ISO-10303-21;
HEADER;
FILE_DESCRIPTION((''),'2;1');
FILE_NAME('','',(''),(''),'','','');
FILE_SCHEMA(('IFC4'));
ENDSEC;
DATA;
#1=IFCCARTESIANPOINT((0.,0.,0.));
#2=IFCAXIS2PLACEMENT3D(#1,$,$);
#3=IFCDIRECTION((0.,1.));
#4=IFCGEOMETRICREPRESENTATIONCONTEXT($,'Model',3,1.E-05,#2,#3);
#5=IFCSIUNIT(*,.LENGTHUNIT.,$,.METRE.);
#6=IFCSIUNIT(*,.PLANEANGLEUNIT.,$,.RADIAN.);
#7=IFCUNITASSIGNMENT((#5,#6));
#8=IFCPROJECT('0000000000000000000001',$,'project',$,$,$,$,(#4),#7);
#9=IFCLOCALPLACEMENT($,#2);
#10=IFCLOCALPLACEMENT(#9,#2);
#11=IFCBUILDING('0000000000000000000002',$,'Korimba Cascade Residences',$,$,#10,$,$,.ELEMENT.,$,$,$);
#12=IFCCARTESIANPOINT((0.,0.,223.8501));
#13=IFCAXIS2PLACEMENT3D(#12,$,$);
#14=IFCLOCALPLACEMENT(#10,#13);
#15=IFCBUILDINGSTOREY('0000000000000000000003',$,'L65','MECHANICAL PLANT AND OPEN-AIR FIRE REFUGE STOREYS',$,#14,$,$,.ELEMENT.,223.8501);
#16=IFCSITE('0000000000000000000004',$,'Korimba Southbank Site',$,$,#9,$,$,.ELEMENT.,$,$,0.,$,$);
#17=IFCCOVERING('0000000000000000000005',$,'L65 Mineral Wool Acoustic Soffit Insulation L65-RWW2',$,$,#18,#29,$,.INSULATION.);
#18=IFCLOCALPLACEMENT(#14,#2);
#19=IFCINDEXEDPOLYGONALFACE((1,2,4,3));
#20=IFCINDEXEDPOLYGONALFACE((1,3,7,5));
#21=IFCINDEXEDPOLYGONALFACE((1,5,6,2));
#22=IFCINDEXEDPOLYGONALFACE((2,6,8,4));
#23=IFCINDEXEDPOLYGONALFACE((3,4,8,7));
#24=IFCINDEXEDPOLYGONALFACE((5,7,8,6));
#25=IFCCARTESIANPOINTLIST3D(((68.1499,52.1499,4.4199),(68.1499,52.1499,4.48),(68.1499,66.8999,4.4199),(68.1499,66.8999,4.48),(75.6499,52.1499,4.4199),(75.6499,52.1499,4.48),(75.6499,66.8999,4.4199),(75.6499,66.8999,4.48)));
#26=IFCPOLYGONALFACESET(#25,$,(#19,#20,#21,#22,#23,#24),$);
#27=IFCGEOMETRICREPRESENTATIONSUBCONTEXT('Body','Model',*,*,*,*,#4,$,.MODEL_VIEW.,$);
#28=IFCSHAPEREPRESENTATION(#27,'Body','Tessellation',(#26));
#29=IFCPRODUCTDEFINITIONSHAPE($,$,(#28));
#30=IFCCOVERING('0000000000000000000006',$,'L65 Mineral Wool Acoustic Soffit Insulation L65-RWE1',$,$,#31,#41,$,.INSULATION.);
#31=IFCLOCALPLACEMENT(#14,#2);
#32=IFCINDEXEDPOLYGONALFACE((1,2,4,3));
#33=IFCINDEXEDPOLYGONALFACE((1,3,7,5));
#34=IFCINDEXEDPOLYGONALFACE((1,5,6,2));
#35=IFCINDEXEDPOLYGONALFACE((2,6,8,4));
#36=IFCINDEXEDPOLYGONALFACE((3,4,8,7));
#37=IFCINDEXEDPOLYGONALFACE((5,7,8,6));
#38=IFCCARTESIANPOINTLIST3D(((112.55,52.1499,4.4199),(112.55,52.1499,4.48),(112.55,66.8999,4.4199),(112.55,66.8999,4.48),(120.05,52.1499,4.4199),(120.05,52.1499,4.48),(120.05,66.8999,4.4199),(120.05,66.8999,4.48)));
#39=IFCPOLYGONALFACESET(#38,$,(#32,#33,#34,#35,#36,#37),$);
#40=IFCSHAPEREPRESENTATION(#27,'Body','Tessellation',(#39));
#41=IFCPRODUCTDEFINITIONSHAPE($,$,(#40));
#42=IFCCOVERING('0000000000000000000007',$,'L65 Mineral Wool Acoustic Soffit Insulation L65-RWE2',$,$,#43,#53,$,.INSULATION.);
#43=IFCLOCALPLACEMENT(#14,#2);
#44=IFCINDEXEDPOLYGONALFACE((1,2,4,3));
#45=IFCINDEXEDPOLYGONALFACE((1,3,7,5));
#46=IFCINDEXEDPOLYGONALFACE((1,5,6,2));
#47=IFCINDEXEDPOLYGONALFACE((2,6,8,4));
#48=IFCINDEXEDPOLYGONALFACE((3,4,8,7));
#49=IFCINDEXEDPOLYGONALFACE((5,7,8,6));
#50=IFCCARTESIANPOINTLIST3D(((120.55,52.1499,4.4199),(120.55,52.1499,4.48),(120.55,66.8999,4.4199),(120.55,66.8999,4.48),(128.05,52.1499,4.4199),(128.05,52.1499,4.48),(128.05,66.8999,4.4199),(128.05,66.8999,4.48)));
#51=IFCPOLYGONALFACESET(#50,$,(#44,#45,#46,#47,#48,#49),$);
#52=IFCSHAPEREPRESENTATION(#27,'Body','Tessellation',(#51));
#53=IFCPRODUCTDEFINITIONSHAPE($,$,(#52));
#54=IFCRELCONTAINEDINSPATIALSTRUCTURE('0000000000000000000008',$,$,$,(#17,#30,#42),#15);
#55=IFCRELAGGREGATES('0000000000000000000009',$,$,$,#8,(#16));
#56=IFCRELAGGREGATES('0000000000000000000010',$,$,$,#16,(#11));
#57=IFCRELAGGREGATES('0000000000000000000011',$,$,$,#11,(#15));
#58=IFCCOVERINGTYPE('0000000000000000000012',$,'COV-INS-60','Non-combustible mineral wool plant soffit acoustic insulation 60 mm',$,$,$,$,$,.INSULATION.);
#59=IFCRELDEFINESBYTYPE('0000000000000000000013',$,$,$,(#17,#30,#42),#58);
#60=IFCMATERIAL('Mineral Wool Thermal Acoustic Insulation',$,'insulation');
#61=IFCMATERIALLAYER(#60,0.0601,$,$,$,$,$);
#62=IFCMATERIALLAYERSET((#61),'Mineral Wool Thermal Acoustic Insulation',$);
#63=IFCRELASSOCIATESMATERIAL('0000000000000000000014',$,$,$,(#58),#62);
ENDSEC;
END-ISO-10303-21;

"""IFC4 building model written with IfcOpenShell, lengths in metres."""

from ifc_helpers import new_model, si_unit, direction, frame, origin, place, context, subcontext, project, spatial, polyline, outline, extrude, material, layer, layer_set, type_object, element, save


model = new_model("IFC4")

# Units and contexts
model_context = context("Model", 3, precision=1e-05, world=origin(), true_north=direction((0.0, 1.0)))
body_context = subcontext(model_context, "Body", "Model", "MODEL_VIEW")
ifc_project = project(units=[si_unit("LENGTHUNIT", "METRE"), si_unit("PLANEANGLEUNIT", "RADIAN")], contexts=[model_context])

# Site, building, storey
site_placement = place(None, origin())
site = spatial("IfcSite", under=ifc_project, at=site_placement, Name="Korimba Southbank Site", CompositionType="ELEMENT", RefElevation=0.0)
building_placement = place(site_placement, origin())
building = spatial("IfcBuilding", under=site, at=building_placement, Name="Korimba Cascade Residences", CompositionType="ELEMENT")
storey_placement = place(building_placement, frame((0.0, 0.0, 223.8501)))
storey = spatial("IfcBuildingStorey", under=building, at=storey_placement, Name="L65", Description="MECHANICAL PLANT AND OPEN-AIR FIRE REFUGE STOREYS", CompositionType="ELEMENT", Elevation=223.8501)

# Coverings
ifc_material_1 = material(Name="Mineral Wool Thermal Acoustic Insulation", Category="insulation")
ifc_layer_1 = layer(ifc_material_1, 0.0601)
ifc_layer_set_1 = layer_set([ifc_layer_1], Name="Mineral Wool Thermal Acoustic Insulation")
covering_type = type_object("IfcCoveringType", Name="COV-INS-60", Description="Non-combustible mineral wool plant soffit acoustic insulation 60 mm", PredefinedType="INSULATION", material=ifc_layer_set_1)
covering_1_placement = place(storey_placement, frame((0.0, 0.0, 4.4199)))
element("IfcCovering", 1, at=covering_1_placement, inside=storey, type_object=covering_type, Name="L65 Mineral Wool Acoustic Soffit Insulation L65-RWW2", PredefinedType="INSULATION", context=body_context, shape_type="SweptSolid", body=[
    extrude(outline(polyline([(68.1499, 52.1499), (75.6499, 52.1499), (75.6499, 66.8999), (68.1499, 66.8999), (68.1499, 52.1499)])), origin(), (0.0, 0.0, 1.0), 0.0601),
])
covering_2_placement = place(storey_placement, frame((0.0, 0.0, 4.4199)))
element("IfcCovering", 2, at=covering_2_placement, inside=storey, type_object=covering_type, Name="L65 Mineral Wool Acoustic Soffit Insulation L65-RWE1", PredefinedType="INSULATION", context=body_context, shape_type="SweptSolid", body=[
    extrude(outline(polyline([(112.55, 52.1499), (120.05, 52.1499), (120.05, 66.8999), (112.55, 66.8999), (112.55, 52.1499)])), origin(), (0.0, 0.0, 1.0), 0.0601),
])
covering_3_placement = place(storey_placement, frame((0.0, 0.0, 4.4199)))
element("IfcCovering", 3, at=covering_3_placement, inside=storey, type_object=covering_type, Name="L65 Mineral Wool Acoustic Soffit Insulation L65-RWE2", PredefinedType="INSULATION", context=body_context, shape_type="SweptSolid", body=[
    extrude(outline(polyline([(120.55, 52.1499), (128.05, 52.1499), (128.05, 66.8999), (120.55, 66.8999), (120.55, 52.1499)])), origin(), (0.0, 0.0, 1.0), 0.0601),
])

save(model, "model.ifc")
